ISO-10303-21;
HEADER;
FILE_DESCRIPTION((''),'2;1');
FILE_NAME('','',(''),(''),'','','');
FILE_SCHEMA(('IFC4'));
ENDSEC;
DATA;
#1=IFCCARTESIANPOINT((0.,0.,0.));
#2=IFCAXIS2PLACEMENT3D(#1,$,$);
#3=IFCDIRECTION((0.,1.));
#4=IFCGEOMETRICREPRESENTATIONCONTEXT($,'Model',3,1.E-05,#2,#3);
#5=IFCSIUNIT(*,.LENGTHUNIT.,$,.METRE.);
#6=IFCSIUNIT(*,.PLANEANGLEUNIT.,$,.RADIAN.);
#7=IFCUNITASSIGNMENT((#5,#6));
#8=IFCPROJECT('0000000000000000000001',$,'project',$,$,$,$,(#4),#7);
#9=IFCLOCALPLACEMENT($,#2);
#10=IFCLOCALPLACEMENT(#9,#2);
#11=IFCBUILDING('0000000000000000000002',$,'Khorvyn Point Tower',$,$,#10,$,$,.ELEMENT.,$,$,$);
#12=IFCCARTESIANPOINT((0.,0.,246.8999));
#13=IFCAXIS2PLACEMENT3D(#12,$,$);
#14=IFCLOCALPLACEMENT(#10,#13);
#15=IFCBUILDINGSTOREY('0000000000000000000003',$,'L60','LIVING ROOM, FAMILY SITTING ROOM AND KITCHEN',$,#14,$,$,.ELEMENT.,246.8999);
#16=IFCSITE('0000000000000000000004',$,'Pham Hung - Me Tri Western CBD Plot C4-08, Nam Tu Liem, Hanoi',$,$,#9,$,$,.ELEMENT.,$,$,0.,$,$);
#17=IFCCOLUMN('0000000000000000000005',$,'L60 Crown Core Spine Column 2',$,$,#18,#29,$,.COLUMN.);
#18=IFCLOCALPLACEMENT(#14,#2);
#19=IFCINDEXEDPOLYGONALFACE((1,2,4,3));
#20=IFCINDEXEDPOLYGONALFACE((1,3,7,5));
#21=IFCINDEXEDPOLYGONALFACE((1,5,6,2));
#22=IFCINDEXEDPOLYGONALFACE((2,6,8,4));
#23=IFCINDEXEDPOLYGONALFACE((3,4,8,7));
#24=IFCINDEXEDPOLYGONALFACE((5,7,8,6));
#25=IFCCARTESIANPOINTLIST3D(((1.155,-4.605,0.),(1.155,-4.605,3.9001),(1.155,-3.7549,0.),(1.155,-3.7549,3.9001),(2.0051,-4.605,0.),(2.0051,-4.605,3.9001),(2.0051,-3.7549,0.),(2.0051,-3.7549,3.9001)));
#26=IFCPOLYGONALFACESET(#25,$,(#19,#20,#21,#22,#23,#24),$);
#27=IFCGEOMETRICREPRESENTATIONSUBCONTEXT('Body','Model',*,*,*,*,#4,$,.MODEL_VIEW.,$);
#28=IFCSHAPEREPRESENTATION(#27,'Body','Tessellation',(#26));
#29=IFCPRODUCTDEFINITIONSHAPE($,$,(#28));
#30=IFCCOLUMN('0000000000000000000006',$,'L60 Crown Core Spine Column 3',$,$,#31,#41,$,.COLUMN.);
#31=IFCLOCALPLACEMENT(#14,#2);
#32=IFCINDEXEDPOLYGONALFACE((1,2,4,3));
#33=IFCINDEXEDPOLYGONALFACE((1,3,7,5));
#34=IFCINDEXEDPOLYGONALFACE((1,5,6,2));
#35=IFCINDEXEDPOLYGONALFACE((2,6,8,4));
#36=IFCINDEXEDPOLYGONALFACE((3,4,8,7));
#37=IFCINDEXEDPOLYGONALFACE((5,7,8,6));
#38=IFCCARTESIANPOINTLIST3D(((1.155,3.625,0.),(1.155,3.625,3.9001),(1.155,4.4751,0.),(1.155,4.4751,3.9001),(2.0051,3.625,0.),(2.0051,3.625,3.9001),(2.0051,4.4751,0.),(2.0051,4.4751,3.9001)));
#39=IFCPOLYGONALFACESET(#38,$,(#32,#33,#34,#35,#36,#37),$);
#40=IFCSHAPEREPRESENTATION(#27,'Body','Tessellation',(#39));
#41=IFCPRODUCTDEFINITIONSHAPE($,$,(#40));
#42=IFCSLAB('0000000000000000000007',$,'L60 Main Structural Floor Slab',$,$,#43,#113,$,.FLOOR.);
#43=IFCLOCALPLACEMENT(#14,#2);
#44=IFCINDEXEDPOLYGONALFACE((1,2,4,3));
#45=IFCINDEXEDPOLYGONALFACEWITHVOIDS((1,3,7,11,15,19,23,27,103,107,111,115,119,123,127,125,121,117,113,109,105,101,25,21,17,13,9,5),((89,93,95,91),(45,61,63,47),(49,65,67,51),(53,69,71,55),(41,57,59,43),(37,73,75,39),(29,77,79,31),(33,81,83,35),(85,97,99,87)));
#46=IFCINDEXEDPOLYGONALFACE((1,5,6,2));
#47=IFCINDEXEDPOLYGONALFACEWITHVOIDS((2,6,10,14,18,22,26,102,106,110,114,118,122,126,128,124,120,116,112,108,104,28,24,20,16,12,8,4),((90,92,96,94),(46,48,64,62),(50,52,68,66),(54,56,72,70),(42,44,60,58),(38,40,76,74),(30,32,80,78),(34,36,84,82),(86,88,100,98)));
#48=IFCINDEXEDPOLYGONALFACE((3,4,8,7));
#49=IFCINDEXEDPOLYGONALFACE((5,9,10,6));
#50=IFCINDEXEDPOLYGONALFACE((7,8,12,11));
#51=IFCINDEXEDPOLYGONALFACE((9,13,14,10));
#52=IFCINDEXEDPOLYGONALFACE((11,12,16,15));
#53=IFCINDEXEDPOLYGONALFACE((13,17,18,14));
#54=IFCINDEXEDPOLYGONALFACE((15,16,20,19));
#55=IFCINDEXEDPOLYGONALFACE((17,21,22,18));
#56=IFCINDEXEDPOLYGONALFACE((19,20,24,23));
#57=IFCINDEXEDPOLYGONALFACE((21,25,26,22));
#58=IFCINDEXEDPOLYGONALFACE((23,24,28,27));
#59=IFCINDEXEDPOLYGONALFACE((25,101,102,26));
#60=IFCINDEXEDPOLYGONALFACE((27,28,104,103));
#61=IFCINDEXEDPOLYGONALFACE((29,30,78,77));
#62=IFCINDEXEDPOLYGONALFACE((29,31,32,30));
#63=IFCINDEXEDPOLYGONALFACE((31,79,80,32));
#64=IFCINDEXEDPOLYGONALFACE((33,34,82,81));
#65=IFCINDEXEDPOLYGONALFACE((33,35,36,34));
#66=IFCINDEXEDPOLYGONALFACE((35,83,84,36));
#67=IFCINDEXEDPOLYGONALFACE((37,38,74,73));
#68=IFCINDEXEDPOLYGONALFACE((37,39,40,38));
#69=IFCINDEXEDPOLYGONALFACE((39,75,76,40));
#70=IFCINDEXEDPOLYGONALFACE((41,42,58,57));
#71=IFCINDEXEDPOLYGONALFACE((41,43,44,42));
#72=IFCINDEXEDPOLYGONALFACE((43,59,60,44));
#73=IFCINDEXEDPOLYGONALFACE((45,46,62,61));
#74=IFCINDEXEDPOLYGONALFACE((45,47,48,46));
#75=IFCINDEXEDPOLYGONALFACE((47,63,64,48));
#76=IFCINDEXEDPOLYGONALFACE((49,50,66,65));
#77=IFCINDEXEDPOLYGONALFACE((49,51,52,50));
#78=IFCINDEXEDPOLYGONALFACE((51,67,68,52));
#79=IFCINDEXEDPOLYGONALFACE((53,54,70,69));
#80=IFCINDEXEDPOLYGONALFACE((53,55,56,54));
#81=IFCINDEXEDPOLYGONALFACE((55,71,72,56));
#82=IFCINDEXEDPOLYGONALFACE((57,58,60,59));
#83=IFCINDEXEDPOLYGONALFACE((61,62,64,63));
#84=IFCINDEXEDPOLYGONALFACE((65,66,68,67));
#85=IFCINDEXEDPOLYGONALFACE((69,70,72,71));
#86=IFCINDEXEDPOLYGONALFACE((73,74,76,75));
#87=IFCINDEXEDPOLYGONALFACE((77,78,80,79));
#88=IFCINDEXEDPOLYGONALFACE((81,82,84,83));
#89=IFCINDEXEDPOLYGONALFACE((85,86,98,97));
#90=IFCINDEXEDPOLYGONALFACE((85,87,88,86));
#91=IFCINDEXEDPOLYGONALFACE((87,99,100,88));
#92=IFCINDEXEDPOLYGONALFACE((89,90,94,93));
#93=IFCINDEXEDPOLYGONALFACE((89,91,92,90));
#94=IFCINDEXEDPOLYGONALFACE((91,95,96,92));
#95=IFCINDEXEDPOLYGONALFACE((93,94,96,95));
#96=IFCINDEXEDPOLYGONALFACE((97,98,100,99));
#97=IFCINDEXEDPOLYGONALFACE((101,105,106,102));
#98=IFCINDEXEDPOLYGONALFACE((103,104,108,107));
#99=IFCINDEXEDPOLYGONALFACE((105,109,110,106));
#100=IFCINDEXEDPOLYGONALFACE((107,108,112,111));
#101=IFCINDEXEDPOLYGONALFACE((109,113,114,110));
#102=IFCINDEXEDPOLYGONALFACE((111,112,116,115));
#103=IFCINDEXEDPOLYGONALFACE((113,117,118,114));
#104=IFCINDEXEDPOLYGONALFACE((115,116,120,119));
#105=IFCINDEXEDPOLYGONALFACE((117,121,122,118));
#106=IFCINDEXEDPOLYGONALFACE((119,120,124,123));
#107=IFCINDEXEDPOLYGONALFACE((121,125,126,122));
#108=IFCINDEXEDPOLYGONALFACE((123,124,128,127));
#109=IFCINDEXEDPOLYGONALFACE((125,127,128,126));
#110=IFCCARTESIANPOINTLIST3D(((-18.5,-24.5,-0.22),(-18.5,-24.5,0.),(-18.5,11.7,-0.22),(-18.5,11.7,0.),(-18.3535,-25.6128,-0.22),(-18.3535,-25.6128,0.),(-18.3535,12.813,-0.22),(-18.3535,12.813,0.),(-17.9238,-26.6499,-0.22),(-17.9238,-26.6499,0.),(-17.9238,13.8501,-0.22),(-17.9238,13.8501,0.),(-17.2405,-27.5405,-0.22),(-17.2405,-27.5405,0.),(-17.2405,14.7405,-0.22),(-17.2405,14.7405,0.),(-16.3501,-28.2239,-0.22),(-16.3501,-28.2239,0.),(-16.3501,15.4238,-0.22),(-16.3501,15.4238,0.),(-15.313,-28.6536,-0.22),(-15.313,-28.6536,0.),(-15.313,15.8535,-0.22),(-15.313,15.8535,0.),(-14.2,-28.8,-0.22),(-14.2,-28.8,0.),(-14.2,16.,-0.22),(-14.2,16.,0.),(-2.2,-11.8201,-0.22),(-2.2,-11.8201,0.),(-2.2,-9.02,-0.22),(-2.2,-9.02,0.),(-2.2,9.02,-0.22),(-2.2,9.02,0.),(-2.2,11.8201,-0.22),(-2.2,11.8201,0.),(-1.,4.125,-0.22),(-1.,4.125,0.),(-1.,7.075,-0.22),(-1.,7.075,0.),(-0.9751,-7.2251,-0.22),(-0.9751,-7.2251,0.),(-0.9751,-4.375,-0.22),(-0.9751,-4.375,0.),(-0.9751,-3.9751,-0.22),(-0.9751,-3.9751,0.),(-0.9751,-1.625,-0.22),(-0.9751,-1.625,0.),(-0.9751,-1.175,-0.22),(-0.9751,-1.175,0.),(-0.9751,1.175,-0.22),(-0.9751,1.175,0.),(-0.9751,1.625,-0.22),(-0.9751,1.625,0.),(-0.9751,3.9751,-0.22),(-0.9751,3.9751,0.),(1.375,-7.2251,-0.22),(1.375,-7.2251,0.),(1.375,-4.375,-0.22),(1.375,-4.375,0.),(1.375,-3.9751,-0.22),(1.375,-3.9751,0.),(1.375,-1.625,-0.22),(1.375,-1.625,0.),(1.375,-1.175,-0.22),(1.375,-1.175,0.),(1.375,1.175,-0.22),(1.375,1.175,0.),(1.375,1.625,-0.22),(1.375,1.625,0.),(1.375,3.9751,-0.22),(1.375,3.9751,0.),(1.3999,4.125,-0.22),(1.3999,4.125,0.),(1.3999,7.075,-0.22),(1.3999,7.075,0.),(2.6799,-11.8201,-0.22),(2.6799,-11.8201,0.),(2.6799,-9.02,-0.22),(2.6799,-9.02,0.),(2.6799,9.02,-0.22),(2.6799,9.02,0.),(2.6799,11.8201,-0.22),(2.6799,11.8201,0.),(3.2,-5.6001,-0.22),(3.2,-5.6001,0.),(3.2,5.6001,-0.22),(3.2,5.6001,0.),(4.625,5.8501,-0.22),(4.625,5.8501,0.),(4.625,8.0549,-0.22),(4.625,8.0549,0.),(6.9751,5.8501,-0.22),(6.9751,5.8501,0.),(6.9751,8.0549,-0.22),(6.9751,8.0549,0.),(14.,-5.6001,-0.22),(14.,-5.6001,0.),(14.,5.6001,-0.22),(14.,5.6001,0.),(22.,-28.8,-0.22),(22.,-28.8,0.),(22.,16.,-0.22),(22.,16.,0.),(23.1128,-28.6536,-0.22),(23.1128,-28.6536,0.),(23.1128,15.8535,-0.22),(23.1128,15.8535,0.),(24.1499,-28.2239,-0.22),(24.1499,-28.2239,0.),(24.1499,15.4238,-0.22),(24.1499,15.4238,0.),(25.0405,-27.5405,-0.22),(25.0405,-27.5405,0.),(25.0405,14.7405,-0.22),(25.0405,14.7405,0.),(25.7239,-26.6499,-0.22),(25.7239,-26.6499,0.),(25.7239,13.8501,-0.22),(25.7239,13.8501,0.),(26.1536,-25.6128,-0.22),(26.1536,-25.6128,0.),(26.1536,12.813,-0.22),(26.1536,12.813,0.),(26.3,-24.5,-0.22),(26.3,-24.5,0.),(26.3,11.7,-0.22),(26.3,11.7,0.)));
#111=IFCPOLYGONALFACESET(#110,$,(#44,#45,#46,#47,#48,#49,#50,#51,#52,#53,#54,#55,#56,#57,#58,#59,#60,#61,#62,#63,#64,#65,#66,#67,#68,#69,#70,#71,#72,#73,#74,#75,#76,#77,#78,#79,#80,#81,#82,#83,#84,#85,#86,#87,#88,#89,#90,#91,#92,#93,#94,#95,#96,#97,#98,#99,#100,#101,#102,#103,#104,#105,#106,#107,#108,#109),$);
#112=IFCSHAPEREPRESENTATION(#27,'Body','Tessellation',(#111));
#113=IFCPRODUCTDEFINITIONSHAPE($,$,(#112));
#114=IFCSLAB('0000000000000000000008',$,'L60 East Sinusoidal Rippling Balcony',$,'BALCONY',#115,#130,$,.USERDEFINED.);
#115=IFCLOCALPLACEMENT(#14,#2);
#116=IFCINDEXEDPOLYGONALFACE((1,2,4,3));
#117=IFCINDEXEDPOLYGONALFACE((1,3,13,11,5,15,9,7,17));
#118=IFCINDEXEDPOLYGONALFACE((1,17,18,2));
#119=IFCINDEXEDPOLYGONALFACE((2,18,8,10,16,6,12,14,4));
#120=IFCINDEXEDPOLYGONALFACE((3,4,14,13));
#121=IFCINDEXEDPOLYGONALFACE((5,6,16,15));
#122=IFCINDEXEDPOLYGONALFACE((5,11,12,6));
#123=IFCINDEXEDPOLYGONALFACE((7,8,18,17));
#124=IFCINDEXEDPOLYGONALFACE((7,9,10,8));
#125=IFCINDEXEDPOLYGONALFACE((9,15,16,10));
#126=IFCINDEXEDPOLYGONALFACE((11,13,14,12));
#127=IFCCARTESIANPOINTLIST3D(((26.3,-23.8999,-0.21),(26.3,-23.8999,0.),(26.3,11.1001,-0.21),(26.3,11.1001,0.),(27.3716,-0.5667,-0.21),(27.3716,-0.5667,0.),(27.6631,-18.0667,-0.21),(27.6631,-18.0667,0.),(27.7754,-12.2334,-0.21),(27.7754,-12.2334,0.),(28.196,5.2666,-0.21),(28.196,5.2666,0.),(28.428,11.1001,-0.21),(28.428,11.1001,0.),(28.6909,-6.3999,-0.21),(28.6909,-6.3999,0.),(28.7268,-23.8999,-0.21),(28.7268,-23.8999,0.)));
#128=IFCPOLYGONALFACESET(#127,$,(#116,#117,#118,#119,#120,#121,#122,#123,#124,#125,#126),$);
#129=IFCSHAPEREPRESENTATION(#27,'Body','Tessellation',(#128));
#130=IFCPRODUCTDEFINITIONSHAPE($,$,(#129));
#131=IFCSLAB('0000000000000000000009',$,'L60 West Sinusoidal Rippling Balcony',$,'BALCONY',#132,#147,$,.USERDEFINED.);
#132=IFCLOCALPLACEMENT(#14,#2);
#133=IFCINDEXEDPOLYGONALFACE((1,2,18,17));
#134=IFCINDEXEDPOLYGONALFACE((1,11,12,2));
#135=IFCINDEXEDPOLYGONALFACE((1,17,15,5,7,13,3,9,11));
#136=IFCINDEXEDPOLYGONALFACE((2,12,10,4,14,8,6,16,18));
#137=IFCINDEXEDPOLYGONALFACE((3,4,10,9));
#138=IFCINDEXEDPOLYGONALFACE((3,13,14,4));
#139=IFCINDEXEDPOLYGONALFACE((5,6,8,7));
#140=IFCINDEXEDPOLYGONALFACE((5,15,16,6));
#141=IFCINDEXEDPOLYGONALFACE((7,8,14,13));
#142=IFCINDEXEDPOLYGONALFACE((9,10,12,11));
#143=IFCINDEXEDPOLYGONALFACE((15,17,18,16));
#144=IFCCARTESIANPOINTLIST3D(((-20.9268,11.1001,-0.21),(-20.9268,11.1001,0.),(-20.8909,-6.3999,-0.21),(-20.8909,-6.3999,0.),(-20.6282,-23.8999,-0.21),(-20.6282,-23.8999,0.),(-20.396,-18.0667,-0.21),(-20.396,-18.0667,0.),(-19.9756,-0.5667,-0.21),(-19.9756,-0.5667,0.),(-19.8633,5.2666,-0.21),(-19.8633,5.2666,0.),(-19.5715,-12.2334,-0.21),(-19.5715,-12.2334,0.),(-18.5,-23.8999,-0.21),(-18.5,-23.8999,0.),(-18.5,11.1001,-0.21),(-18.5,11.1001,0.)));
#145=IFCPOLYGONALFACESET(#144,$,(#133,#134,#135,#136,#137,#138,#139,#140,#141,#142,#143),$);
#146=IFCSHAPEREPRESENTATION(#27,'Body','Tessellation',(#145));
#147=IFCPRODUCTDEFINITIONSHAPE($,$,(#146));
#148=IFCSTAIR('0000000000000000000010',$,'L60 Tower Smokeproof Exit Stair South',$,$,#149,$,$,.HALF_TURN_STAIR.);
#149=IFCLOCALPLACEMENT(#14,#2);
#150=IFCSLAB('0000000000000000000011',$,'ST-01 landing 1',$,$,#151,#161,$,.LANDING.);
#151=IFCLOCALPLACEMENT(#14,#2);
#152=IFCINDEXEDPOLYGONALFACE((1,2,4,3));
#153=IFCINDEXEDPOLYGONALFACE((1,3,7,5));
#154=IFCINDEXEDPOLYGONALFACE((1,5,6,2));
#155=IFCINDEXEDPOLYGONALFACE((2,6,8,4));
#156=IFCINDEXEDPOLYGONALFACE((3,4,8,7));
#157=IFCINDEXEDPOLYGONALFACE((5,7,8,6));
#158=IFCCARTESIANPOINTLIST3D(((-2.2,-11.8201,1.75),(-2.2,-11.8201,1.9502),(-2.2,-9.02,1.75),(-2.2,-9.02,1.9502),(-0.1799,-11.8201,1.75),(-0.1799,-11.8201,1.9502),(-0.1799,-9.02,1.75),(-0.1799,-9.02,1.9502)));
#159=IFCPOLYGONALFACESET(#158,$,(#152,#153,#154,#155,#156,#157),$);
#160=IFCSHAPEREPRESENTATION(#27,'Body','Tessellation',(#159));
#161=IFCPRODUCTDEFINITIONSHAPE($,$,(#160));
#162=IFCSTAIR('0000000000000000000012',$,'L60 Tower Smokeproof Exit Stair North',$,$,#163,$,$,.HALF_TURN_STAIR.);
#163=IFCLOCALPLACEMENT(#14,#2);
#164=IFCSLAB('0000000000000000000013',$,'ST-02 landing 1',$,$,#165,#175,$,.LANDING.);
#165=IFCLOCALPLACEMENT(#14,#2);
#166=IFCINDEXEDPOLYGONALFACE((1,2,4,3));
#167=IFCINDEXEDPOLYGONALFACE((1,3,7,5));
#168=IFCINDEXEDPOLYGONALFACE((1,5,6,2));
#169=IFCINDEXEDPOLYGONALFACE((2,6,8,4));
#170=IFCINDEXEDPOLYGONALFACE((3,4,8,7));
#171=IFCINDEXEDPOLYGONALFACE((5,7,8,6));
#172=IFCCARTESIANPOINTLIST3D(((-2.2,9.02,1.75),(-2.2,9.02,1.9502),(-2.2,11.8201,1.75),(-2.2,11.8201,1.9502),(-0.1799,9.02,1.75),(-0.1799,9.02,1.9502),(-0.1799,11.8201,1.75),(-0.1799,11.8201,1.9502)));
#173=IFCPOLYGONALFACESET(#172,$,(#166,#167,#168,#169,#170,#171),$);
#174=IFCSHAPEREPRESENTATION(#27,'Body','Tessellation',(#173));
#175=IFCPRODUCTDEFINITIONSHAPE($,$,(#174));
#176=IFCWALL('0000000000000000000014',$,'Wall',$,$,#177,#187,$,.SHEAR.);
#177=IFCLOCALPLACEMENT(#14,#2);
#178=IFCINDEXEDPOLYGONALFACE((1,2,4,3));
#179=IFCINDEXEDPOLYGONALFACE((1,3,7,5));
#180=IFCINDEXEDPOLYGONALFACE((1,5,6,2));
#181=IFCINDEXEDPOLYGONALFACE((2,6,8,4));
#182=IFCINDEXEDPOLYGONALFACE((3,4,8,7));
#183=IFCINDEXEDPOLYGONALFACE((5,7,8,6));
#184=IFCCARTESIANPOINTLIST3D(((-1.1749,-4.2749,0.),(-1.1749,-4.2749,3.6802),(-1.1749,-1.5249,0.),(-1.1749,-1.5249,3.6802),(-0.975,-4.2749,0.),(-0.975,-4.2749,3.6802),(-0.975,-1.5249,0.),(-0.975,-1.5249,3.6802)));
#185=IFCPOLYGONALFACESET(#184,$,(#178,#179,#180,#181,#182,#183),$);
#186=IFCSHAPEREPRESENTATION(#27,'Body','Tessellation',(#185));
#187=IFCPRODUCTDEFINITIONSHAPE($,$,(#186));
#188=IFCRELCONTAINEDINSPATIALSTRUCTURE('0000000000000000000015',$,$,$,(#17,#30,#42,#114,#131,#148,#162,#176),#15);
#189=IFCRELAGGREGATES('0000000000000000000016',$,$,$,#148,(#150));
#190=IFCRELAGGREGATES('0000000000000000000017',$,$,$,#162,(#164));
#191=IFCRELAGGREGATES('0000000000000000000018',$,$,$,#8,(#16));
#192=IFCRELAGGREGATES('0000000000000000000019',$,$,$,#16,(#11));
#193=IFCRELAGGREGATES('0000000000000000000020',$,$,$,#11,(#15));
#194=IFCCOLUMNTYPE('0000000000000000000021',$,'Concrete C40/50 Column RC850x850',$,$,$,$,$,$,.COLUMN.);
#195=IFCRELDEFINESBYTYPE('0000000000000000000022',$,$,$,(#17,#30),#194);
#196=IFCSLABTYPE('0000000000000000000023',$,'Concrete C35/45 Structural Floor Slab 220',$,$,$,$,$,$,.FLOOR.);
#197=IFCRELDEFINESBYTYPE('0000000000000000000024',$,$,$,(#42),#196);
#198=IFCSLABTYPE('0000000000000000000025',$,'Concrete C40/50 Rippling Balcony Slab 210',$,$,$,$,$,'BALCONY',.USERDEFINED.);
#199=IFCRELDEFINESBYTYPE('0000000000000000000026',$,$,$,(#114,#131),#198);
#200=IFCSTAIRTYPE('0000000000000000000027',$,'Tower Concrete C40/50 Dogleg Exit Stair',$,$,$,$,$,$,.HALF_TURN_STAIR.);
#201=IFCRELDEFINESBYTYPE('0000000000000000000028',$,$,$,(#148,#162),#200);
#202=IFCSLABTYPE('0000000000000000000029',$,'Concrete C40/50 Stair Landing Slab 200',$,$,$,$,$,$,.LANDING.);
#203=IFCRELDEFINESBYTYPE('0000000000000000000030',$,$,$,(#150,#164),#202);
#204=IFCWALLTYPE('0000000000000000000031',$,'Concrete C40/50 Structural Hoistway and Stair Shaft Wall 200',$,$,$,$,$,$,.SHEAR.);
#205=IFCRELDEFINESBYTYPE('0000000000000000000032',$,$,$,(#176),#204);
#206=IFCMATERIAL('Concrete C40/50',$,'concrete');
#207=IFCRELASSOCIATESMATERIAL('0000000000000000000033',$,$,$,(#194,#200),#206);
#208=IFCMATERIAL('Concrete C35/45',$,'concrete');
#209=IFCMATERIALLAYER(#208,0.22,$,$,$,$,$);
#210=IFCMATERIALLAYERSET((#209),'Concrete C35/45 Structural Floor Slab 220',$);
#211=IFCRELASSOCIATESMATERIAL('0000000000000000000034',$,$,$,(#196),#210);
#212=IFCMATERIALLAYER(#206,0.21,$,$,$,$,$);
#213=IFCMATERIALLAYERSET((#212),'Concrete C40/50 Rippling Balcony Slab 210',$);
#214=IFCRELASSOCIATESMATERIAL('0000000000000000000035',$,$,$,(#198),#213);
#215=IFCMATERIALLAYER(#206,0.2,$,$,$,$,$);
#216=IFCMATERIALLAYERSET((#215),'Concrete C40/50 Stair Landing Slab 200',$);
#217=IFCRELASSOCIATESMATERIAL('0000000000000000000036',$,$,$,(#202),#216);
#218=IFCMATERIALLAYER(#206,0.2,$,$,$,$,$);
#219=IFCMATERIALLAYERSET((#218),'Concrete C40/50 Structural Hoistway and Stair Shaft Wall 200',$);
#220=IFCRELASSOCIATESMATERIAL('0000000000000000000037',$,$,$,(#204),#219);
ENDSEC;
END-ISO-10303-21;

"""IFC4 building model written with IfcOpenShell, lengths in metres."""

from ifc_helpers import new_model, si_unit, direction, frame, frame_2d, origin, origin_2d, place, context, subcontext, project, spatial, polyline, rectangle, outline, extrude, material, layer, layer_set, material_profile, profile_set, type_object, element, aggregate, save


model = new_model("IFC4")

# Units and contexts
model_context = context("Model", 3, precision=1e-05, world=origin(), true_north=direction((0.0, 1.0)))
body_context = subcontext(model_context, "Body", "Model", "MODEL_VIEW")
ifc_project = project(units=[si_unit("LENGTHUNIT", "METRE"), si_unit("PLANEANGLEUNIT", "RADIAN")], contexts=[model_context])

# Site, building, storey
site_placement = place(None, origin())
site = spatial("IfcSite", under=ifc_project, at=site_placement, Name="Pham Hung - Me Tri Western CBD Plot C4-08, Nam Tu Liem, Hanoi", CompositionType="ELEMENT", RefElevation=0.0)
building_placement = place(site_placement, origin())
building = spatial("IfcBuilding", under=site, at=building_placement, Name="Khorvyn Point Tower", CompositionType="ELEMENT")
storey_placement = place(building_placement, frame((0.0, 0.0, 246.8999)))
storey = spatial("IfcBuildingStorey", under=building, at=storey_placement, Name="L60", Description="LIVING ROOM, FAMILY SITTING ROOM AND KITCHEN", CompositionType="ELEMENT", Elevation=246.8999)

# Columns
ifc_material_1 = material(Name="Concrete C40/50", Category="concrete")
ifc_material_profile = material_profile(ifc_material_1, rectangle(XDim=0.8501, YDim=0.8501, at=origin_2d()))
ifc_profile_set = profile_set([ifc_material_profile], Name="Concrete C40/50 RC850x850")
column_type = type_object("IfcColumnType", Name="Concrete C40/50 Column RC850x850", PredefinedType="COLUMN", material=ifc_profile_set)
for number, where, z_axis, x_axis, name in (
    (1, (1.5801, -4.1799, 0.0), (0.0, 0.0, 1.0), (1.0, 0.0, 0.0), "L60 Crown Core Spine Column 2"),
    (2, (1.5801, 4.05, 0.0), (0.0, 0.0, 1.0), (1.0, 0.0, 0.0), "L60 Crown Core Spine Column 3"),
):
    element("IfcColumn", number, at=place(storey_placement, frame(where, z_axis=z_axis, x_axis=x_axis)), inside=storey, type_object=column_type, Name=name, PredefinedType="COLUMN", context=body_context, shape_type="SweptSolid", body=[
        extrude(rectangle(XDim=0.8501, YDim=0.8501, at=origin_2d()), origin(), (0.0, 0.0, 1.0), 3.9001),
    ])

# Slabs
ifc_material_2 = material(Name="Concrete C35/45", Category="concrete")
ifc_layer_1 = layer(ifc_material_2, 0.22)
ifc_layer_set_1 = layer_set([ifc_layer_1], Name="Concrete C35/45 Structural Floor Slab 220")
slab_type_1 = type_object("IfcSlabType", Name="Concrete C35/45 Structural Floor Slab 220", PredefinedType="FLOOR", material=ifc_layer_set_1)
slab_1_placement = place(storey_placement, frame((0.0, 0.0, -0.22)))
element("IfcSlab", 3, at=slab_1_placement, inside=storey, type_object=slab_type_1, Name="L60 Main Structural Floor Slab", PredefinedType="FLOOR", context=body_context, shape_type="SweptSolid", body=[
    extrude(outline(polyline([(-14.2, -28.8), (-15.313, -28.6536), (-16.3501, -28.2239), (-17.2405, -27.5405), (-17.9238, -26.6499), (-18.3535, -25.6128), (-18.5, -24.5), (-18.5, 11.7), (-18.3535, 12.813), (-17.9238, 13.8501), (-17.2405, 14.7405), (-16.3501, 15.4238), (-15.313, 15.8535), (-14.2, 16.0), (22.0, 16.0), (23.1128, 15.8535), (24.1499, 15.4238), (25.0405, 14.7405), (25.7239, 13.8501), (26.1536, 12.813), (26.3, 11.7), (26.3, -24.5), (26.1536, -25.6128), (25.7239, -26.6499), (25.0405, -27.5405), (24.1499, -28.2239), (23.1128, -28.6536), (22.0, -28.8), (-14.2, -28.8)]), holes=[polyline([(2.6799, -11.8201), (2.6799, -9.02), (-2.2, -9.02), (-2.2, -11.8201), (2.6799, -11.8201)]), polyline([(1.375, -7.2251), (1.375, -4.375), (-0.9751, -4.375), (-0.9751, -7.2251), (1.375, -7.2251)]), polyline([(1.375, -3.9751), (1.375, -1.625), (-0.9751, -1.625), (-0.9751, -3.9751), (1.375, -3.9751)]), polyline([(1.375, -1.175), (1.375, 1.175), (-0.9751, 1.175), (-0.9751, -1.175), (1.375, -1.175)]), polyline([(14.0, -5.6001), (14.0, 5.6001), (3.2, 5.6001), (3.2, -5.6001), (14.0, -5.6001)]), polyline([(1.375, 1.625), (1.375, 3.9751), (-0.9751, 3.9751), (-0.9751, 1.625), (1.375, 1.625)]), polyline([(1.3999, 4.125), (1.3999, 7.075), (-1.0, 7.075), (-1.0, 4.125), (1.3999, 4.125)]), polyline([(4.625, 5.8501), (6.9751, 5.8501), (6.9751, 8.0549), (4.625, 8.0549), (4.625, 5.8501)]), polyline([(-2.2, 9.02), (2.6799, 9.02), (2.6799, 11.8201), (-2.2, 11.8201), (-2.2, 9.02)])]), origin(), (0.0, 0.0, 1.0), 0.22),
])
ifc_layer_2 = layer(ifc_material_1, 0.21)
ifc_layer_set_2 = layer_set([ifc_layer_2], Name="Concrete C40/50 Rippling Balcony Slab 210")
slab_type_2 = type_object("IfcSlabType", Name="Concrete C40/50 Rippling Balcony Slab 210", ElementType="BALCONY", PredefinedType="USERDEFINED", material=ifc_layer_set_2)
slab_2_placement = place(storey_placement, frame((0.0, 0.0, -0.21)))
element("IfcSlab", 4, at=slab_2_placement, inside=storey, type_object=slab_type_2, Name="L60 East Sinusoidal Rippling Balcony", ObjectType="BALCONY", PredefinedType="USERDEFINED", context=body_context, shape_type="SweptSolid", body=[
    extrude(outline(polyline([(26.3, -23.8999), (28.7268, -23.8999), (27.6631, -18.0667), (27.7754, -12.2334), (28.6909, -6.3999), (27.3716, -0.5667), (28.196, 5.2666), (28.428, 11.1001), (26.3, 11.1001), (26.3, -23.8999)])), origin(), (0.0, 0.0, 1.0), 0.21),
])
slab_3_placement = place(storey_placement, frame((0.0, 0.0, -0.21)))
element("IfcSlab", 5, at=slab_3_placement, inside=storey, type_object=slab_type_2, Name="L60 West Sinusoidal Rippling Balcony", ObjectType="BALCONY", PredefinedType="USERDEFINED", context=body_context, shape_type="SweptSolid", body=[
    extrude(outline(polyline([(-18.5, 11.1001), (-20.9268, 11.1001), (-19.8633, 5.2666), (-19.9756, -0.5667), (-20.8909, -6.3999), (-19.5715, -12.2334), (-20.396, -18.0667), (-20.6282, -23.8999), (-18.5, -23.8999), (-18.5, 11.1001)])), origin(), (0.0, 0.0, 1.0), 0.21),
])

# Stairs, slabs
stair_type = type_object("IfcStairType", Name="Tower Concrete C40/50 Dogleg Exit Stair", PredefinedType="HALF_TURN_STAIR", material=ifc_material_1)
stair_1_placement = place(storey_placement, origin())
stair_1 = element("IfcStair", 6, at=stair_1_placement, inside=storey, type_object=stair_type, Name="L60 Tower Smokeproof Exit Stair South", PredefinedType="HALF_TURN_STAIR")
ifc_layer_3 = layer(ifc_material_1, 0.2)
ifc_layer_set_3 = layer_set([ifc_layer_3], Name="Concrete C40/50 Stair Landing Slab 200")
slab_type_3 = type_object("IfcSlabType", Name="Concrete C40/50 Stair Landing Slab 200", PredefinedType="LANDING", material=ifc_layer_set_3)
slab_4_placement = place(storey_placement, frame((0.0, 0.0, 1.75)))
slab_4 = element("IfcSlab", 7, at=slab_4_placement, type_object=slab_type_3, Name="ST-01 landing 1", PredefinedType="LANDING", context=body_context, shape_type="SweptSolid", body=[
    extrude(outline(polyline([(-0.1799, -9.02), (-2.2, -9.02), (-2.2, -11.8201), (-0.1799, -11.8201), (-0.1799, -9.02)])), origin(), (0.0, 0.0, 1.0), 0.2002),
])
aggregate(stair_1, [slab_4])
stair_2_placement = place(storey_placement, origin())
stair_2 = element("IfcStair", 8, at=stair_2_placement, inside=storey, type_object=stair_type, Name="L60 Tower Smokeproof Exit Stair North", PredefinedType="HALF_TURN_STAIR")
slab_5_placement = place(storey_placement, frame((0.0, 0.0, 1.75)))
slab_5 = element("IfcSlab", 9, at=slab_5_placement, type_object=slab_type_3, Name="ST-02 landing 1", PredefinedType="LANDING", context=body_context, shape_type="SweptSolid", body=[
    extrude(outline(polyline([(-0.1799, 11.8201), (-2.2, 11.8201), (-2.2, 9.02), (-0.1799, 9.02), (-0.1799, 11.8201)])), origin(), (0.0, 0.0, 1.0), 0.2002),
])
aggregate(stair_2, [slab_5])

# Wall
ifc_layer_4 = layer(ifc_material_1, 0.2)
ifc_layer_set_4 = layer_set([ifc_layer_4], Name="Concrete C40/50 Structural Hoistway and Stair Shaft Wall 200")
wall_type = type_object("IfcWallType", Name="Concrete C40/50 Structural Hoistway and Stair Shaft Wall 200", PredefinedType="SHEAR", material=ifc_layer_set_4)
wall_1_placement = place(storey_placement, frame((-1.075, -4.2749, 0.0), z_axis=(0.0, 0.0, 1.0), x_axis=(0.0, 1.0, 0.0)))
element("IfcWall", 10, at=wall_1_placement, inside=storey, type_object=wall_type, Name="Wall", PredefinedType="SHEAR", context=body_context, shape_type="SweptSolid", body=[
    extrude(rectangle(XDim=2.75, YDim=0.2, at=frame_2d((1.375, 0.0))), origin(), (0.0, 0.0, 1.0), 3.6802),
])

save(model, "model.ifc")
